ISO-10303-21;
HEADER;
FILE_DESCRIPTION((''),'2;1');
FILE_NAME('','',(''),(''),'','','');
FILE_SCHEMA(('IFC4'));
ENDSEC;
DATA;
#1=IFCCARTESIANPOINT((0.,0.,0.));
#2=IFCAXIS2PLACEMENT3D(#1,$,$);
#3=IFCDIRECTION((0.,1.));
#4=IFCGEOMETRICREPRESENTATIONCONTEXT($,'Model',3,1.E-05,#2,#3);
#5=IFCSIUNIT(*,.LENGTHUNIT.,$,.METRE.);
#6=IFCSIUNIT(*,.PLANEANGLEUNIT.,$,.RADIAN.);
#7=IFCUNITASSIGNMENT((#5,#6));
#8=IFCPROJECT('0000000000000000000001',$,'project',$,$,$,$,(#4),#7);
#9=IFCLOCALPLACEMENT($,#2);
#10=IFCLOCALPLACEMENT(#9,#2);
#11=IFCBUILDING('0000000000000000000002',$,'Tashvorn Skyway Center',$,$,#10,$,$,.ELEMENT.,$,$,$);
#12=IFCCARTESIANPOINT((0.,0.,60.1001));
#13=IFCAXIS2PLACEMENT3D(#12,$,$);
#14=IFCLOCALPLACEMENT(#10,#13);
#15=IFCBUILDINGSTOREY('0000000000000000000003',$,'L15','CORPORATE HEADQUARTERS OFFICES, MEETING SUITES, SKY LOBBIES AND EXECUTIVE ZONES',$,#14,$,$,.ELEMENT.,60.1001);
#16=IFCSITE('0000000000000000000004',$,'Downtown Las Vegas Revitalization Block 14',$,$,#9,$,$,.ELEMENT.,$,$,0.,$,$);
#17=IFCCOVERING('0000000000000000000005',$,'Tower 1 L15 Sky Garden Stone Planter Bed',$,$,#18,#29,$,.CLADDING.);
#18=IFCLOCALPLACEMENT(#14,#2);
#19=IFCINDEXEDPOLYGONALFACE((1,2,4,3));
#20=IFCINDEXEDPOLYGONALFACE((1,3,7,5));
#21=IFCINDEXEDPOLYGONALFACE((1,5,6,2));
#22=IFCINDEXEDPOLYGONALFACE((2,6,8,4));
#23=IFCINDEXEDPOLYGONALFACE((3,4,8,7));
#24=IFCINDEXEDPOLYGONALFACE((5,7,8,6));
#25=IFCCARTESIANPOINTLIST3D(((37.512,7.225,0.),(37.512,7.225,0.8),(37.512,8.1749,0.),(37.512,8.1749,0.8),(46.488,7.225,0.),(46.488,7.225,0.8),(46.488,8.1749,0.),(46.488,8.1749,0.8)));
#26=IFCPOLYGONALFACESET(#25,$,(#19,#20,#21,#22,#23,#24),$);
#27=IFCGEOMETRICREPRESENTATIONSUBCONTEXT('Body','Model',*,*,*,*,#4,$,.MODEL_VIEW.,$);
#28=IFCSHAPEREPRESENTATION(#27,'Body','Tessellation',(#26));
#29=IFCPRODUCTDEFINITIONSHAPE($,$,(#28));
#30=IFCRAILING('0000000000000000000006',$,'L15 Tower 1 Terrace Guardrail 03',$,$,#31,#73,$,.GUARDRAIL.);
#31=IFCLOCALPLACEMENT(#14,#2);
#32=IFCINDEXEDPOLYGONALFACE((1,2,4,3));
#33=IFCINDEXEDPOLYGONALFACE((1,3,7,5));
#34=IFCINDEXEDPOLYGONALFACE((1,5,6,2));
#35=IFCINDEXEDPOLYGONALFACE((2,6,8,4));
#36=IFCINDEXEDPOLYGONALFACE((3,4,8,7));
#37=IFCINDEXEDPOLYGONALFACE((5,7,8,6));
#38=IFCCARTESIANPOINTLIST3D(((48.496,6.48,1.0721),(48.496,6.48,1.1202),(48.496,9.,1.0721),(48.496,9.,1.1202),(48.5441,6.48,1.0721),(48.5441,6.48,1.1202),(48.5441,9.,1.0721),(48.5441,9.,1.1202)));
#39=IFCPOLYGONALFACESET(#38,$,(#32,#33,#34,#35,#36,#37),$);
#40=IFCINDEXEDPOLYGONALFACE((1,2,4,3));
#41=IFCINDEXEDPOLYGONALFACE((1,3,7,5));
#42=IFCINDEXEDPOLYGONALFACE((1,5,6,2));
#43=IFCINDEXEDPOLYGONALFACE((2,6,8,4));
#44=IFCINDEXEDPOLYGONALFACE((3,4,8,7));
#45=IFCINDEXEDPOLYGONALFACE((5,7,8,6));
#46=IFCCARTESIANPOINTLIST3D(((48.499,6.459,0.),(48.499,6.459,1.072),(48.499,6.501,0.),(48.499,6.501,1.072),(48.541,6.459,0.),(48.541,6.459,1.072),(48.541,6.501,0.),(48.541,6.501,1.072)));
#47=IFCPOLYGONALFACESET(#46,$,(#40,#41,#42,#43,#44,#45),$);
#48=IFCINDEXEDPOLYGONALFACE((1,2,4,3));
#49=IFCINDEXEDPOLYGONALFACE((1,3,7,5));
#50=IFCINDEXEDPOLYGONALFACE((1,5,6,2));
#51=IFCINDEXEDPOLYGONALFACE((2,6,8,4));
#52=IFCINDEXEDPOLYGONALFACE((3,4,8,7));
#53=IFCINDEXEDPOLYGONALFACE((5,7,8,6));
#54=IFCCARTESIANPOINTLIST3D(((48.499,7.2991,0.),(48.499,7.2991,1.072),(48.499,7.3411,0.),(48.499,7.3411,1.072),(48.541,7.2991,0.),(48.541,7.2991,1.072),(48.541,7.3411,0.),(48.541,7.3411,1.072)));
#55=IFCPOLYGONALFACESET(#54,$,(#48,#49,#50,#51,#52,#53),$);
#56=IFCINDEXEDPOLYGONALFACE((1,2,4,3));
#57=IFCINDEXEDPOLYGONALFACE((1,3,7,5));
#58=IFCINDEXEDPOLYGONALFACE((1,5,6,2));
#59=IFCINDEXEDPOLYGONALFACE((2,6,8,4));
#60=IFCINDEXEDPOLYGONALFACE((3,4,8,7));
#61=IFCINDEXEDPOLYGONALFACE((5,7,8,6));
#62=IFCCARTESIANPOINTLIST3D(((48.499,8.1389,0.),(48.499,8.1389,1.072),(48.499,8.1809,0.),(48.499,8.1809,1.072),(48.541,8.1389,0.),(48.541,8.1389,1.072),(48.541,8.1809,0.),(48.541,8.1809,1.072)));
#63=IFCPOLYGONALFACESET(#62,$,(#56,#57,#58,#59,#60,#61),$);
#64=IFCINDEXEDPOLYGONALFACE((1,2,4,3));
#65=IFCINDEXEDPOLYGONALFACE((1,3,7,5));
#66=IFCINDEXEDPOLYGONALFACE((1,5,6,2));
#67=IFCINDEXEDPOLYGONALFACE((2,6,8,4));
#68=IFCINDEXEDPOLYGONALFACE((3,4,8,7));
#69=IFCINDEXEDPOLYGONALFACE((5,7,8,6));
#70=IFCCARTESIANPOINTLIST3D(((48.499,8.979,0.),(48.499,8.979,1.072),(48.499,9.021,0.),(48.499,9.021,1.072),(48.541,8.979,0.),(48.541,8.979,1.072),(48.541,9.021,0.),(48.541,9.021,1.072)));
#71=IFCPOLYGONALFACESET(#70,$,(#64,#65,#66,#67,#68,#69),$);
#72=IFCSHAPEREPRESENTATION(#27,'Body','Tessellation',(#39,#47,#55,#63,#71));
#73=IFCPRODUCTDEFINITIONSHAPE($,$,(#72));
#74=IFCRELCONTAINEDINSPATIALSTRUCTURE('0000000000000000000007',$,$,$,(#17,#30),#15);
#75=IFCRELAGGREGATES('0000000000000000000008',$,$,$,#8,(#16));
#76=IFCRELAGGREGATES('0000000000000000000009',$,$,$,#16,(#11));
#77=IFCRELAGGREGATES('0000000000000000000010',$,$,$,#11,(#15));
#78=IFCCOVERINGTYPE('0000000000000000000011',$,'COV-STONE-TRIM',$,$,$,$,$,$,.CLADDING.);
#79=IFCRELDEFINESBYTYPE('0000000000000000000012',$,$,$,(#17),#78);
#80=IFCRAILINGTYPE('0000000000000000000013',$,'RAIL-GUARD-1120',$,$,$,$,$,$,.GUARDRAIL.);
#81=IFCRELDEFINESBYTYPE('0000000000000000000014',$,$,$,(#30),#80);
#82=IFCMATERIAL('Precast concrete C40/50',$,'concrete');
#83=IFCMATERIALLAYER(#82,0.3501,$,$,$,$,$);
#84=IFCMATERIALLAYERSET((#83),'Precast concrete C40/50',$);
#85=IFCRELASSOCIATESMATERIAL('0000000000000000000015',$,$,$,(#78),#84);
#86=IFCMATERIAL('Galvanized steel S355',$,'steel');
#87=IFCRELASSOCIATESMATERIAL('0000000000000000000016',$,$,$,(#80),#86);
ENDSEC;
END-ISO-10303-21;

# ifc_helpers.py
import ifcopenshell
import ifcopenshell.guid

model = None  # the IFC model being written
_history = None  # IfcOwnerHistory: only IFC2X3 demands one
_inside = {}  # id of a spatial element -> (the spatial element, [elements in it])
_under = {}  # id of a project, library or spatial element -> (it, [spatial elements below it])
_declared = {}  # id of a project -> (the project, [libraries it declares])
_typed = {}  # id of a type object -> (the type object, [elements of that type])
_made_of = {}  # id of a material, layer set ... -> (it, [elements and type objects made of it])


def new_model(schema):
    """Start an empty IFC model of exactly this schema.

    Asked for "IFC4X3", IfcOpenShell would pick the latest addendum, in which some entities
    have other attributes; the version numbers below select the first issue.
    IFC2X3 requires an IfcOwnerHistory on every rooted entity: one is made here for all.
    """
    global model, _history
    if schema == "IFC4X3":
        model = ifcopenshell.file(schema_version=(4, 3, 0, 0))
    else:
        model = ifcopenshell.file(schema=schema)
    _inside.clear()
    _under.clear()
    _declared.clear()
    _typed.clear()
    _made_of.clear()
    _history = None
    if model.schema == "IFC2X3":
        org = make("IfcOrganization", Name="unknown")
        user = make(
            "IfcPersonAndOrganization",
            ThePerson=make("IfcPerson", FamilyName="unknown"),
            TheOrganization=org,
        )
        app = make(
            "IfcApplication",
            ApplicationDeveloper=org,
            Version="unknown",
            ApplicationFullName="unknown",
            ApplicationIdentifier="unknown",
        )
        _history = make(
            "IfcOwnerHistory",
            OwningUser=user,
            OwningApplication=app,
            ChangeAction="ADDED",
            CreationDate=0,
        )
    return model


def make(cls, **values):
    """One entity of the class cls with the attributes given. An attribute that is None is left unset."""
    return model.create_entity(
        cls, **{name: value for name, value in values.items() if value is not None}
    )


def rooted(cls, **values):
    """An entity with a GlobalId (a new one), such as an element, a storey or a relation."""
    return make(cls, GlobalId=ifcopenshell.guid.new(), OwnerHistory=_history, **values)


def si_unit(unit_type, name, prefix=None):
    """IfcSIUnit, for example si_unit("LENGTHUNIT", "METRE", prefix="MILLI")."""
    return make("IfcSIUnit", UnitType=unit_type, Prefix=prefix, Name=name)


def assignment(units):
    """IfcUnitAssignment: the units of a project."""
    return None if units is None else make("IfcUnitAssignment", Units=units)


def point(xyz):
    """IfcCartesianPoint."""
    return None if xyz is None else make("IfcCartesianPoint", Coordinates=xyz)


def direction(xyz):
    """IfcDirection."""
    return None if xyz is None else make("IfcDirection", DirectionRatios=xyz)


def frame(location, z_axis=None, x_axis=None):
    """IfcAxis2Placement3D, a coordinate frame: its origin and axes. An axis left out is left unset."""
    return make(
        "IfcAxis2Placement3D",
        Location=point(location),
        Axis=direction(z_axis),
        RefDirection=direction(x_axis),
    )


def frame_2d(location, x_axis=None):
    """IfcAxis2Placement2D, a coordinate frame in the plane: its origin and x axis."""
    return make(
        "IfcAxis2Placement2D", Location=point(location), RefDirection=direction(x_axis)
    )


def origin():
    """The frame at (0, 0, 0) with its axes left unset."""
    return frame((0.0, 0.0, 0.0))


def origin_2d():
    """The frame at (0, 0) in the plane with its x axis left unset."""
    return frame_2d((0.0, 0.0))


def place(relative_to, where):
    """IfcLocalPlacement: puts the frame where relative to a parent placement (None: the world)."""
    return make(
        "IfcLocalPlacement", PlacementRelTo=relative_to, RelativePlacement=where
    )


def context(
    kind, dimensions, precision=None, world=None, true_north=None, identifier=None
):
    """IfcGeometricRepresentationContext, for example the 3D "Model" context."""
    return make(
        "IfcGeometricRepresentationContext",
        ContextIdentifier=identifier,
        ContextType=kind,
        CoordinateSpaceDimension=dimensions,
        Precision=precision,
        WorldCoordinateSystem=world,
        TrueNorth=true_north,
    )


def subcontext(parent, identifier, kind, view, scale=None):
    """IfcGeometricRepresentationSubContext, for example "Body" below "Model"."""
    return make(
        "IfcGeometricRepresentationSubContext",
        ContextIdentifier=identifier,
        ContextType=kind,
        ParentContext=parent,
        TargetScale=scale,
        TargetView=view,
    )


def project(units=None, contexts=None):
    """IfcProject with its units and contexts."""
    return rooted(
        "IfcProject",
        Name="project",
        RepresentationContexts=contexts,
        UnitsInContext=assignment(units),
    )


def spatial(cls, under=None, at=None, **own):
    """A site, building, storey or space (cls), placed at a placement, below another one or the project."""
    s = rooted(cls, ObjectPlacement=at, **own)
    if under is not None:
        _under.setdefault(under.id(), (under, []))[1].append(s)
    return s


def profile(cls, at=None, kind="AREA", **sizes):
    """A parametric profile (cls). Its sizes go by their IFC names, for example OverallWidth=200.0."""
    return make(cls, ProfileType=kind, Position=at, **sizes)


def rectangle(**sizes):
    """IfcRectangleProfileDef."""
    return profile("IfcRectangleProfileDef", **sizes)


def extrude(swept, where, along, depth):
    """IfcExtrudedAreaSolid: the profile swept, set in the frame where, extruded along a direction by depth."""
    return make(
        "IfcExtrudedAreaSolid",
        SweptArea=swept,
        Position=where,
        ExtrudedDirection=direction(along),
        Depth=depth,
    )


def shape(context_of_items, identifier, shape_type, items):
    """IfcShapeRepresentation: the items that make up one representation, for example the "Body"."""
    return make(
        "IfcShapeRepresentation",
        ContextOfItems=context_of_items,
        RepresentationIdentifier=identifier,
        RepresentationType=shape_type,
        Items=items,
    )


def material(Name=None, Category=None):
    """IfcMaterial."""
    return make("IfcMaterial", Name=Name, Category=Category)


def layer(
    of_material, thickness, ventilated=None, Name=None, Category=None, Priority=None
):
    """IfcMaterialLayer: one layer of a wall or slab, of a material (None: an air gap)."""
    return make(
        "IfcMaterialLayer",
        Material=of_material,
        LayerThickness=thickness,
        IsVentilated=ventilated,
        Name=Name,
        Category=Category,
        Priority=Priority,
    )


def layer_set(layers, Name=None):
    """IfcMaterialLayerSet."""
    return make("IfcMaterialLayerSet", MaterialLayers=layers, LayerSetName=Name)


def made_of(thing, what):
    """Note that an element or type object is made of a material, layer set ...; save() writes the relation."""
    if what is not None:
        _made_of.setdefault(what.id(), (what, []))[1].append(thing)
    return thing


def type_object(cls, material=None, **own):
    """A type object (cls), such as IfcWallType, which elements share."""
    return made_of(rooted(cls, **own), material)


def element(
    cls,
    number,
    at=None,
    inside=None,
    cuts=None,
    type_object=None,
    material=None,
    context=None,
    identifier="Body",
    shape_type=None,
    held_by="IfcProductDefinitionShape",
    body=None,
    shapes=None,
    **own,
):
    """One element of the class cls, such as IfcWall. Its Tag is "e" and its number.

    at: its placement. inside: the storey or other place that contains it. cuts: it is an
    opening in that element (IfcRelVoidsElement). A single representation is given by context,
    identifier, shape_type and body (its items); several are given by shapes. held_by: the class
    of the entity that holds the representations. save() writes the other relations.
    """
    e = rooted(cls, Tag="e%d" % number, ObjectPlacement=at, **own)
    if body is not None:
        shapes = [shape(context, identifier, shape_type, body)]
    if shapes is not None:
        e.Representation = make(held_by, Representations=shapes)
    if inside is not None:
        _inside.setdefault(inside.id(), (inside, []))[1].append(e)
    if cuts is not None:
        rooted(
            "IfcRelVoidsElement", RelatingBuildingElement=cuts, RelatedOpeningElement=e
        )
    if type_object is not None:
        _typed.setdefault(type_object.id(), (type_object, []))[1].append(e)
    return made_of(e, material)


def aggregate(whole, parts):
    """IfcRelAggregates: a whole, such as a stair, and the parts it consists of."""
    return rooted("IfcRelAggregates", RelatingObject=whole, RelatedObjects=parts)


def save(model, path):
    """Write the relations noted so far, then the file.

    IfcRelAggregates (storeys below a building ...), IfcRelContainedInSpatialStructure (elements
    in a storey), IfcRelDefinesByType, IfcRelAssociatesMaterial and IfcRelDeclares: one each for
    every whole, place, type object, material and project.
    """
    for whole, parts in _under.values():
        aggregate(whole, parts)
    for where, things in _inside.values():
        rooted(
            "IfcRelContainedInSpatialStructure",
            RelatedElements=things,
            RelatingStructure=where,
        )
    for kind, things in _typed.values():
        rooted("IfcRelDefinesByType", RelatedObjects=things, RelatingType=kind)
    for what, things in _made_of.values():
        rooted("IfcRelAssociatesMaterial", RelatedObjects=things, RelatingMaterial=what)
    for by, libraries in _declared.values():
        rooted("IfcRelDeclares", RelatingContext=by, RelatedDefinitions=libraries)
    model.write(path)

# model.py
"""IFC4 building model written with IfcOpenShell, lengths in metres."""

from ifc_helpers import new_model, si_unit, direction, frame, origin, origin_2d, place, context, subcontext, project, spatial, rectangle, extrude, material, layer, layer_set, type_object, element, save


model = new_model("IFC4")

# Units and contexts
model_context = context("Model", 3, precision=1e-05, world=origin(), true_north=direction((0.0, 1.0)))
body_context = subcontext(model_context, "Body", "Model", "MODEL_VIEW")
ifc_project = project(units=[si_unit("LENGTHUNIT", "METRE"), si_unit("PLANEANGLEUNIT", "RADIAN")], contexts=[model_context])

# Site, building, storey
site_placement = place(None, origin())
site = spatial("IfcSite", under=ifc_project, at=site_placement, Name="Downtown Las Vegas Revitalization Block 14", CompositionType="ELEMENT", RefElevation=0.0)
building_placement = place(site_placement, origin())
building = spatial("IfcBuilding", under=site, at=building_placement, Name="Tashvorn Skyway Center", CompositionType="ELEMENT")
storey_placement = place(building_placement, frame((0.0, 0.0, 60.1001)))
storey = spatial("IfcBuildingStorey", under=building, at=storey_placement, Name="L15", Description="CORPORATE HEADQUARTERS OFFICES, MEETING SUITES, SKY LOBBIES AND EXECUTIVE ZONES", CompositionType="ELEMENT", Elevation=60.1001)

# Shared definitions
ifc_material_1 = material(Name="Precast concrete C40/50", Category="concrete")

# Covering
ifc_layer_1 = layer(ifc_material_1, 0.3501)
ifc_layer_set_1 = layer_set([ifc_layer_1], Name="Precast concrete C40/50")
covering_type = type_object("IfcCoveringType", Name="COV-STONE-TRIM", PredefinedType="CLADDING", material=ifc_layer_set_1)
covering_1_placement = place(storey_placement, frame((42.0, 7.7, 0.0), z_axis=(0.0, 0.0, 1.0), x_axis=(-1.0, 0.0, 0.0)))
element("IfcCovering", 1, at=covering_1_placement, inside=storey, type_object=covering_type, Name="Tower 1 L15 Sky Garden Stone Planter Bed", PredefinedType="CLADDING", context=body_context, shape_type="SweptSolid", body=[
    extrude(rectangle(XDim=8.9761, YDim=0.95, at=origin_2d()), origin(), (0.0, 0.0, 1.0), 0.8),
])

# Railing
ifc_material_2 = material(Name="Galvanized steel S355", Category="steel")
railing_type = type_object("IfcRailingType", Name="RAIL-GUARD-1120", PredefinedType="GUARDRAIL", material=ifc_material_2)
railing_placement = place(storey_placement, frame((48.52, 6.48, 0.0)))
element("IfcRailing", 2, at=railing_placement, inside=storey, type_object=railing_type, Name="L15 Tower 1 Terrace Guardrail 03", PredefinedType="GUARDRAIL", context=body_context, shape_type="SweptSolid", body=[
    extrude(rectangle(XDim=0.0481, YDim=0.0481, at=origin_2d()), frame((0.0, 0.0, 1.0962), z_axis=(0.0, 1.0, 0.0), x_axis=(-1.0, 0.0, 0.0)), (0.0, 0.0, 1.0), 2.52),
    extrude(rectangle(XDim=0.042, YDim=0.042, at=origin_2d()), origin(), (0.0, 0.0, 1.0), 1.072),
    extrude(rectangle(XDim=0.042, YDim=0.042, at=origin_2d()), frame((0.0, 0.8401, 0.0)), (0.0, 0.0, 1.0), 1.072),
    extrude(rectangle(XDim=0.042, YDim=0.042, at=origin_2d()), frame((0.0, 1.6799, 0.0)), (0.0, 0.0, 1.0), 1.072),
    extrude(rectangle(XDim=0.042, YDim=0.042, at=origin_2d()), frame((0.0, 2.52, 0.0)), (0.0, 0.0, 1.0), 1.072),
])

save(model, "model.ifc")
